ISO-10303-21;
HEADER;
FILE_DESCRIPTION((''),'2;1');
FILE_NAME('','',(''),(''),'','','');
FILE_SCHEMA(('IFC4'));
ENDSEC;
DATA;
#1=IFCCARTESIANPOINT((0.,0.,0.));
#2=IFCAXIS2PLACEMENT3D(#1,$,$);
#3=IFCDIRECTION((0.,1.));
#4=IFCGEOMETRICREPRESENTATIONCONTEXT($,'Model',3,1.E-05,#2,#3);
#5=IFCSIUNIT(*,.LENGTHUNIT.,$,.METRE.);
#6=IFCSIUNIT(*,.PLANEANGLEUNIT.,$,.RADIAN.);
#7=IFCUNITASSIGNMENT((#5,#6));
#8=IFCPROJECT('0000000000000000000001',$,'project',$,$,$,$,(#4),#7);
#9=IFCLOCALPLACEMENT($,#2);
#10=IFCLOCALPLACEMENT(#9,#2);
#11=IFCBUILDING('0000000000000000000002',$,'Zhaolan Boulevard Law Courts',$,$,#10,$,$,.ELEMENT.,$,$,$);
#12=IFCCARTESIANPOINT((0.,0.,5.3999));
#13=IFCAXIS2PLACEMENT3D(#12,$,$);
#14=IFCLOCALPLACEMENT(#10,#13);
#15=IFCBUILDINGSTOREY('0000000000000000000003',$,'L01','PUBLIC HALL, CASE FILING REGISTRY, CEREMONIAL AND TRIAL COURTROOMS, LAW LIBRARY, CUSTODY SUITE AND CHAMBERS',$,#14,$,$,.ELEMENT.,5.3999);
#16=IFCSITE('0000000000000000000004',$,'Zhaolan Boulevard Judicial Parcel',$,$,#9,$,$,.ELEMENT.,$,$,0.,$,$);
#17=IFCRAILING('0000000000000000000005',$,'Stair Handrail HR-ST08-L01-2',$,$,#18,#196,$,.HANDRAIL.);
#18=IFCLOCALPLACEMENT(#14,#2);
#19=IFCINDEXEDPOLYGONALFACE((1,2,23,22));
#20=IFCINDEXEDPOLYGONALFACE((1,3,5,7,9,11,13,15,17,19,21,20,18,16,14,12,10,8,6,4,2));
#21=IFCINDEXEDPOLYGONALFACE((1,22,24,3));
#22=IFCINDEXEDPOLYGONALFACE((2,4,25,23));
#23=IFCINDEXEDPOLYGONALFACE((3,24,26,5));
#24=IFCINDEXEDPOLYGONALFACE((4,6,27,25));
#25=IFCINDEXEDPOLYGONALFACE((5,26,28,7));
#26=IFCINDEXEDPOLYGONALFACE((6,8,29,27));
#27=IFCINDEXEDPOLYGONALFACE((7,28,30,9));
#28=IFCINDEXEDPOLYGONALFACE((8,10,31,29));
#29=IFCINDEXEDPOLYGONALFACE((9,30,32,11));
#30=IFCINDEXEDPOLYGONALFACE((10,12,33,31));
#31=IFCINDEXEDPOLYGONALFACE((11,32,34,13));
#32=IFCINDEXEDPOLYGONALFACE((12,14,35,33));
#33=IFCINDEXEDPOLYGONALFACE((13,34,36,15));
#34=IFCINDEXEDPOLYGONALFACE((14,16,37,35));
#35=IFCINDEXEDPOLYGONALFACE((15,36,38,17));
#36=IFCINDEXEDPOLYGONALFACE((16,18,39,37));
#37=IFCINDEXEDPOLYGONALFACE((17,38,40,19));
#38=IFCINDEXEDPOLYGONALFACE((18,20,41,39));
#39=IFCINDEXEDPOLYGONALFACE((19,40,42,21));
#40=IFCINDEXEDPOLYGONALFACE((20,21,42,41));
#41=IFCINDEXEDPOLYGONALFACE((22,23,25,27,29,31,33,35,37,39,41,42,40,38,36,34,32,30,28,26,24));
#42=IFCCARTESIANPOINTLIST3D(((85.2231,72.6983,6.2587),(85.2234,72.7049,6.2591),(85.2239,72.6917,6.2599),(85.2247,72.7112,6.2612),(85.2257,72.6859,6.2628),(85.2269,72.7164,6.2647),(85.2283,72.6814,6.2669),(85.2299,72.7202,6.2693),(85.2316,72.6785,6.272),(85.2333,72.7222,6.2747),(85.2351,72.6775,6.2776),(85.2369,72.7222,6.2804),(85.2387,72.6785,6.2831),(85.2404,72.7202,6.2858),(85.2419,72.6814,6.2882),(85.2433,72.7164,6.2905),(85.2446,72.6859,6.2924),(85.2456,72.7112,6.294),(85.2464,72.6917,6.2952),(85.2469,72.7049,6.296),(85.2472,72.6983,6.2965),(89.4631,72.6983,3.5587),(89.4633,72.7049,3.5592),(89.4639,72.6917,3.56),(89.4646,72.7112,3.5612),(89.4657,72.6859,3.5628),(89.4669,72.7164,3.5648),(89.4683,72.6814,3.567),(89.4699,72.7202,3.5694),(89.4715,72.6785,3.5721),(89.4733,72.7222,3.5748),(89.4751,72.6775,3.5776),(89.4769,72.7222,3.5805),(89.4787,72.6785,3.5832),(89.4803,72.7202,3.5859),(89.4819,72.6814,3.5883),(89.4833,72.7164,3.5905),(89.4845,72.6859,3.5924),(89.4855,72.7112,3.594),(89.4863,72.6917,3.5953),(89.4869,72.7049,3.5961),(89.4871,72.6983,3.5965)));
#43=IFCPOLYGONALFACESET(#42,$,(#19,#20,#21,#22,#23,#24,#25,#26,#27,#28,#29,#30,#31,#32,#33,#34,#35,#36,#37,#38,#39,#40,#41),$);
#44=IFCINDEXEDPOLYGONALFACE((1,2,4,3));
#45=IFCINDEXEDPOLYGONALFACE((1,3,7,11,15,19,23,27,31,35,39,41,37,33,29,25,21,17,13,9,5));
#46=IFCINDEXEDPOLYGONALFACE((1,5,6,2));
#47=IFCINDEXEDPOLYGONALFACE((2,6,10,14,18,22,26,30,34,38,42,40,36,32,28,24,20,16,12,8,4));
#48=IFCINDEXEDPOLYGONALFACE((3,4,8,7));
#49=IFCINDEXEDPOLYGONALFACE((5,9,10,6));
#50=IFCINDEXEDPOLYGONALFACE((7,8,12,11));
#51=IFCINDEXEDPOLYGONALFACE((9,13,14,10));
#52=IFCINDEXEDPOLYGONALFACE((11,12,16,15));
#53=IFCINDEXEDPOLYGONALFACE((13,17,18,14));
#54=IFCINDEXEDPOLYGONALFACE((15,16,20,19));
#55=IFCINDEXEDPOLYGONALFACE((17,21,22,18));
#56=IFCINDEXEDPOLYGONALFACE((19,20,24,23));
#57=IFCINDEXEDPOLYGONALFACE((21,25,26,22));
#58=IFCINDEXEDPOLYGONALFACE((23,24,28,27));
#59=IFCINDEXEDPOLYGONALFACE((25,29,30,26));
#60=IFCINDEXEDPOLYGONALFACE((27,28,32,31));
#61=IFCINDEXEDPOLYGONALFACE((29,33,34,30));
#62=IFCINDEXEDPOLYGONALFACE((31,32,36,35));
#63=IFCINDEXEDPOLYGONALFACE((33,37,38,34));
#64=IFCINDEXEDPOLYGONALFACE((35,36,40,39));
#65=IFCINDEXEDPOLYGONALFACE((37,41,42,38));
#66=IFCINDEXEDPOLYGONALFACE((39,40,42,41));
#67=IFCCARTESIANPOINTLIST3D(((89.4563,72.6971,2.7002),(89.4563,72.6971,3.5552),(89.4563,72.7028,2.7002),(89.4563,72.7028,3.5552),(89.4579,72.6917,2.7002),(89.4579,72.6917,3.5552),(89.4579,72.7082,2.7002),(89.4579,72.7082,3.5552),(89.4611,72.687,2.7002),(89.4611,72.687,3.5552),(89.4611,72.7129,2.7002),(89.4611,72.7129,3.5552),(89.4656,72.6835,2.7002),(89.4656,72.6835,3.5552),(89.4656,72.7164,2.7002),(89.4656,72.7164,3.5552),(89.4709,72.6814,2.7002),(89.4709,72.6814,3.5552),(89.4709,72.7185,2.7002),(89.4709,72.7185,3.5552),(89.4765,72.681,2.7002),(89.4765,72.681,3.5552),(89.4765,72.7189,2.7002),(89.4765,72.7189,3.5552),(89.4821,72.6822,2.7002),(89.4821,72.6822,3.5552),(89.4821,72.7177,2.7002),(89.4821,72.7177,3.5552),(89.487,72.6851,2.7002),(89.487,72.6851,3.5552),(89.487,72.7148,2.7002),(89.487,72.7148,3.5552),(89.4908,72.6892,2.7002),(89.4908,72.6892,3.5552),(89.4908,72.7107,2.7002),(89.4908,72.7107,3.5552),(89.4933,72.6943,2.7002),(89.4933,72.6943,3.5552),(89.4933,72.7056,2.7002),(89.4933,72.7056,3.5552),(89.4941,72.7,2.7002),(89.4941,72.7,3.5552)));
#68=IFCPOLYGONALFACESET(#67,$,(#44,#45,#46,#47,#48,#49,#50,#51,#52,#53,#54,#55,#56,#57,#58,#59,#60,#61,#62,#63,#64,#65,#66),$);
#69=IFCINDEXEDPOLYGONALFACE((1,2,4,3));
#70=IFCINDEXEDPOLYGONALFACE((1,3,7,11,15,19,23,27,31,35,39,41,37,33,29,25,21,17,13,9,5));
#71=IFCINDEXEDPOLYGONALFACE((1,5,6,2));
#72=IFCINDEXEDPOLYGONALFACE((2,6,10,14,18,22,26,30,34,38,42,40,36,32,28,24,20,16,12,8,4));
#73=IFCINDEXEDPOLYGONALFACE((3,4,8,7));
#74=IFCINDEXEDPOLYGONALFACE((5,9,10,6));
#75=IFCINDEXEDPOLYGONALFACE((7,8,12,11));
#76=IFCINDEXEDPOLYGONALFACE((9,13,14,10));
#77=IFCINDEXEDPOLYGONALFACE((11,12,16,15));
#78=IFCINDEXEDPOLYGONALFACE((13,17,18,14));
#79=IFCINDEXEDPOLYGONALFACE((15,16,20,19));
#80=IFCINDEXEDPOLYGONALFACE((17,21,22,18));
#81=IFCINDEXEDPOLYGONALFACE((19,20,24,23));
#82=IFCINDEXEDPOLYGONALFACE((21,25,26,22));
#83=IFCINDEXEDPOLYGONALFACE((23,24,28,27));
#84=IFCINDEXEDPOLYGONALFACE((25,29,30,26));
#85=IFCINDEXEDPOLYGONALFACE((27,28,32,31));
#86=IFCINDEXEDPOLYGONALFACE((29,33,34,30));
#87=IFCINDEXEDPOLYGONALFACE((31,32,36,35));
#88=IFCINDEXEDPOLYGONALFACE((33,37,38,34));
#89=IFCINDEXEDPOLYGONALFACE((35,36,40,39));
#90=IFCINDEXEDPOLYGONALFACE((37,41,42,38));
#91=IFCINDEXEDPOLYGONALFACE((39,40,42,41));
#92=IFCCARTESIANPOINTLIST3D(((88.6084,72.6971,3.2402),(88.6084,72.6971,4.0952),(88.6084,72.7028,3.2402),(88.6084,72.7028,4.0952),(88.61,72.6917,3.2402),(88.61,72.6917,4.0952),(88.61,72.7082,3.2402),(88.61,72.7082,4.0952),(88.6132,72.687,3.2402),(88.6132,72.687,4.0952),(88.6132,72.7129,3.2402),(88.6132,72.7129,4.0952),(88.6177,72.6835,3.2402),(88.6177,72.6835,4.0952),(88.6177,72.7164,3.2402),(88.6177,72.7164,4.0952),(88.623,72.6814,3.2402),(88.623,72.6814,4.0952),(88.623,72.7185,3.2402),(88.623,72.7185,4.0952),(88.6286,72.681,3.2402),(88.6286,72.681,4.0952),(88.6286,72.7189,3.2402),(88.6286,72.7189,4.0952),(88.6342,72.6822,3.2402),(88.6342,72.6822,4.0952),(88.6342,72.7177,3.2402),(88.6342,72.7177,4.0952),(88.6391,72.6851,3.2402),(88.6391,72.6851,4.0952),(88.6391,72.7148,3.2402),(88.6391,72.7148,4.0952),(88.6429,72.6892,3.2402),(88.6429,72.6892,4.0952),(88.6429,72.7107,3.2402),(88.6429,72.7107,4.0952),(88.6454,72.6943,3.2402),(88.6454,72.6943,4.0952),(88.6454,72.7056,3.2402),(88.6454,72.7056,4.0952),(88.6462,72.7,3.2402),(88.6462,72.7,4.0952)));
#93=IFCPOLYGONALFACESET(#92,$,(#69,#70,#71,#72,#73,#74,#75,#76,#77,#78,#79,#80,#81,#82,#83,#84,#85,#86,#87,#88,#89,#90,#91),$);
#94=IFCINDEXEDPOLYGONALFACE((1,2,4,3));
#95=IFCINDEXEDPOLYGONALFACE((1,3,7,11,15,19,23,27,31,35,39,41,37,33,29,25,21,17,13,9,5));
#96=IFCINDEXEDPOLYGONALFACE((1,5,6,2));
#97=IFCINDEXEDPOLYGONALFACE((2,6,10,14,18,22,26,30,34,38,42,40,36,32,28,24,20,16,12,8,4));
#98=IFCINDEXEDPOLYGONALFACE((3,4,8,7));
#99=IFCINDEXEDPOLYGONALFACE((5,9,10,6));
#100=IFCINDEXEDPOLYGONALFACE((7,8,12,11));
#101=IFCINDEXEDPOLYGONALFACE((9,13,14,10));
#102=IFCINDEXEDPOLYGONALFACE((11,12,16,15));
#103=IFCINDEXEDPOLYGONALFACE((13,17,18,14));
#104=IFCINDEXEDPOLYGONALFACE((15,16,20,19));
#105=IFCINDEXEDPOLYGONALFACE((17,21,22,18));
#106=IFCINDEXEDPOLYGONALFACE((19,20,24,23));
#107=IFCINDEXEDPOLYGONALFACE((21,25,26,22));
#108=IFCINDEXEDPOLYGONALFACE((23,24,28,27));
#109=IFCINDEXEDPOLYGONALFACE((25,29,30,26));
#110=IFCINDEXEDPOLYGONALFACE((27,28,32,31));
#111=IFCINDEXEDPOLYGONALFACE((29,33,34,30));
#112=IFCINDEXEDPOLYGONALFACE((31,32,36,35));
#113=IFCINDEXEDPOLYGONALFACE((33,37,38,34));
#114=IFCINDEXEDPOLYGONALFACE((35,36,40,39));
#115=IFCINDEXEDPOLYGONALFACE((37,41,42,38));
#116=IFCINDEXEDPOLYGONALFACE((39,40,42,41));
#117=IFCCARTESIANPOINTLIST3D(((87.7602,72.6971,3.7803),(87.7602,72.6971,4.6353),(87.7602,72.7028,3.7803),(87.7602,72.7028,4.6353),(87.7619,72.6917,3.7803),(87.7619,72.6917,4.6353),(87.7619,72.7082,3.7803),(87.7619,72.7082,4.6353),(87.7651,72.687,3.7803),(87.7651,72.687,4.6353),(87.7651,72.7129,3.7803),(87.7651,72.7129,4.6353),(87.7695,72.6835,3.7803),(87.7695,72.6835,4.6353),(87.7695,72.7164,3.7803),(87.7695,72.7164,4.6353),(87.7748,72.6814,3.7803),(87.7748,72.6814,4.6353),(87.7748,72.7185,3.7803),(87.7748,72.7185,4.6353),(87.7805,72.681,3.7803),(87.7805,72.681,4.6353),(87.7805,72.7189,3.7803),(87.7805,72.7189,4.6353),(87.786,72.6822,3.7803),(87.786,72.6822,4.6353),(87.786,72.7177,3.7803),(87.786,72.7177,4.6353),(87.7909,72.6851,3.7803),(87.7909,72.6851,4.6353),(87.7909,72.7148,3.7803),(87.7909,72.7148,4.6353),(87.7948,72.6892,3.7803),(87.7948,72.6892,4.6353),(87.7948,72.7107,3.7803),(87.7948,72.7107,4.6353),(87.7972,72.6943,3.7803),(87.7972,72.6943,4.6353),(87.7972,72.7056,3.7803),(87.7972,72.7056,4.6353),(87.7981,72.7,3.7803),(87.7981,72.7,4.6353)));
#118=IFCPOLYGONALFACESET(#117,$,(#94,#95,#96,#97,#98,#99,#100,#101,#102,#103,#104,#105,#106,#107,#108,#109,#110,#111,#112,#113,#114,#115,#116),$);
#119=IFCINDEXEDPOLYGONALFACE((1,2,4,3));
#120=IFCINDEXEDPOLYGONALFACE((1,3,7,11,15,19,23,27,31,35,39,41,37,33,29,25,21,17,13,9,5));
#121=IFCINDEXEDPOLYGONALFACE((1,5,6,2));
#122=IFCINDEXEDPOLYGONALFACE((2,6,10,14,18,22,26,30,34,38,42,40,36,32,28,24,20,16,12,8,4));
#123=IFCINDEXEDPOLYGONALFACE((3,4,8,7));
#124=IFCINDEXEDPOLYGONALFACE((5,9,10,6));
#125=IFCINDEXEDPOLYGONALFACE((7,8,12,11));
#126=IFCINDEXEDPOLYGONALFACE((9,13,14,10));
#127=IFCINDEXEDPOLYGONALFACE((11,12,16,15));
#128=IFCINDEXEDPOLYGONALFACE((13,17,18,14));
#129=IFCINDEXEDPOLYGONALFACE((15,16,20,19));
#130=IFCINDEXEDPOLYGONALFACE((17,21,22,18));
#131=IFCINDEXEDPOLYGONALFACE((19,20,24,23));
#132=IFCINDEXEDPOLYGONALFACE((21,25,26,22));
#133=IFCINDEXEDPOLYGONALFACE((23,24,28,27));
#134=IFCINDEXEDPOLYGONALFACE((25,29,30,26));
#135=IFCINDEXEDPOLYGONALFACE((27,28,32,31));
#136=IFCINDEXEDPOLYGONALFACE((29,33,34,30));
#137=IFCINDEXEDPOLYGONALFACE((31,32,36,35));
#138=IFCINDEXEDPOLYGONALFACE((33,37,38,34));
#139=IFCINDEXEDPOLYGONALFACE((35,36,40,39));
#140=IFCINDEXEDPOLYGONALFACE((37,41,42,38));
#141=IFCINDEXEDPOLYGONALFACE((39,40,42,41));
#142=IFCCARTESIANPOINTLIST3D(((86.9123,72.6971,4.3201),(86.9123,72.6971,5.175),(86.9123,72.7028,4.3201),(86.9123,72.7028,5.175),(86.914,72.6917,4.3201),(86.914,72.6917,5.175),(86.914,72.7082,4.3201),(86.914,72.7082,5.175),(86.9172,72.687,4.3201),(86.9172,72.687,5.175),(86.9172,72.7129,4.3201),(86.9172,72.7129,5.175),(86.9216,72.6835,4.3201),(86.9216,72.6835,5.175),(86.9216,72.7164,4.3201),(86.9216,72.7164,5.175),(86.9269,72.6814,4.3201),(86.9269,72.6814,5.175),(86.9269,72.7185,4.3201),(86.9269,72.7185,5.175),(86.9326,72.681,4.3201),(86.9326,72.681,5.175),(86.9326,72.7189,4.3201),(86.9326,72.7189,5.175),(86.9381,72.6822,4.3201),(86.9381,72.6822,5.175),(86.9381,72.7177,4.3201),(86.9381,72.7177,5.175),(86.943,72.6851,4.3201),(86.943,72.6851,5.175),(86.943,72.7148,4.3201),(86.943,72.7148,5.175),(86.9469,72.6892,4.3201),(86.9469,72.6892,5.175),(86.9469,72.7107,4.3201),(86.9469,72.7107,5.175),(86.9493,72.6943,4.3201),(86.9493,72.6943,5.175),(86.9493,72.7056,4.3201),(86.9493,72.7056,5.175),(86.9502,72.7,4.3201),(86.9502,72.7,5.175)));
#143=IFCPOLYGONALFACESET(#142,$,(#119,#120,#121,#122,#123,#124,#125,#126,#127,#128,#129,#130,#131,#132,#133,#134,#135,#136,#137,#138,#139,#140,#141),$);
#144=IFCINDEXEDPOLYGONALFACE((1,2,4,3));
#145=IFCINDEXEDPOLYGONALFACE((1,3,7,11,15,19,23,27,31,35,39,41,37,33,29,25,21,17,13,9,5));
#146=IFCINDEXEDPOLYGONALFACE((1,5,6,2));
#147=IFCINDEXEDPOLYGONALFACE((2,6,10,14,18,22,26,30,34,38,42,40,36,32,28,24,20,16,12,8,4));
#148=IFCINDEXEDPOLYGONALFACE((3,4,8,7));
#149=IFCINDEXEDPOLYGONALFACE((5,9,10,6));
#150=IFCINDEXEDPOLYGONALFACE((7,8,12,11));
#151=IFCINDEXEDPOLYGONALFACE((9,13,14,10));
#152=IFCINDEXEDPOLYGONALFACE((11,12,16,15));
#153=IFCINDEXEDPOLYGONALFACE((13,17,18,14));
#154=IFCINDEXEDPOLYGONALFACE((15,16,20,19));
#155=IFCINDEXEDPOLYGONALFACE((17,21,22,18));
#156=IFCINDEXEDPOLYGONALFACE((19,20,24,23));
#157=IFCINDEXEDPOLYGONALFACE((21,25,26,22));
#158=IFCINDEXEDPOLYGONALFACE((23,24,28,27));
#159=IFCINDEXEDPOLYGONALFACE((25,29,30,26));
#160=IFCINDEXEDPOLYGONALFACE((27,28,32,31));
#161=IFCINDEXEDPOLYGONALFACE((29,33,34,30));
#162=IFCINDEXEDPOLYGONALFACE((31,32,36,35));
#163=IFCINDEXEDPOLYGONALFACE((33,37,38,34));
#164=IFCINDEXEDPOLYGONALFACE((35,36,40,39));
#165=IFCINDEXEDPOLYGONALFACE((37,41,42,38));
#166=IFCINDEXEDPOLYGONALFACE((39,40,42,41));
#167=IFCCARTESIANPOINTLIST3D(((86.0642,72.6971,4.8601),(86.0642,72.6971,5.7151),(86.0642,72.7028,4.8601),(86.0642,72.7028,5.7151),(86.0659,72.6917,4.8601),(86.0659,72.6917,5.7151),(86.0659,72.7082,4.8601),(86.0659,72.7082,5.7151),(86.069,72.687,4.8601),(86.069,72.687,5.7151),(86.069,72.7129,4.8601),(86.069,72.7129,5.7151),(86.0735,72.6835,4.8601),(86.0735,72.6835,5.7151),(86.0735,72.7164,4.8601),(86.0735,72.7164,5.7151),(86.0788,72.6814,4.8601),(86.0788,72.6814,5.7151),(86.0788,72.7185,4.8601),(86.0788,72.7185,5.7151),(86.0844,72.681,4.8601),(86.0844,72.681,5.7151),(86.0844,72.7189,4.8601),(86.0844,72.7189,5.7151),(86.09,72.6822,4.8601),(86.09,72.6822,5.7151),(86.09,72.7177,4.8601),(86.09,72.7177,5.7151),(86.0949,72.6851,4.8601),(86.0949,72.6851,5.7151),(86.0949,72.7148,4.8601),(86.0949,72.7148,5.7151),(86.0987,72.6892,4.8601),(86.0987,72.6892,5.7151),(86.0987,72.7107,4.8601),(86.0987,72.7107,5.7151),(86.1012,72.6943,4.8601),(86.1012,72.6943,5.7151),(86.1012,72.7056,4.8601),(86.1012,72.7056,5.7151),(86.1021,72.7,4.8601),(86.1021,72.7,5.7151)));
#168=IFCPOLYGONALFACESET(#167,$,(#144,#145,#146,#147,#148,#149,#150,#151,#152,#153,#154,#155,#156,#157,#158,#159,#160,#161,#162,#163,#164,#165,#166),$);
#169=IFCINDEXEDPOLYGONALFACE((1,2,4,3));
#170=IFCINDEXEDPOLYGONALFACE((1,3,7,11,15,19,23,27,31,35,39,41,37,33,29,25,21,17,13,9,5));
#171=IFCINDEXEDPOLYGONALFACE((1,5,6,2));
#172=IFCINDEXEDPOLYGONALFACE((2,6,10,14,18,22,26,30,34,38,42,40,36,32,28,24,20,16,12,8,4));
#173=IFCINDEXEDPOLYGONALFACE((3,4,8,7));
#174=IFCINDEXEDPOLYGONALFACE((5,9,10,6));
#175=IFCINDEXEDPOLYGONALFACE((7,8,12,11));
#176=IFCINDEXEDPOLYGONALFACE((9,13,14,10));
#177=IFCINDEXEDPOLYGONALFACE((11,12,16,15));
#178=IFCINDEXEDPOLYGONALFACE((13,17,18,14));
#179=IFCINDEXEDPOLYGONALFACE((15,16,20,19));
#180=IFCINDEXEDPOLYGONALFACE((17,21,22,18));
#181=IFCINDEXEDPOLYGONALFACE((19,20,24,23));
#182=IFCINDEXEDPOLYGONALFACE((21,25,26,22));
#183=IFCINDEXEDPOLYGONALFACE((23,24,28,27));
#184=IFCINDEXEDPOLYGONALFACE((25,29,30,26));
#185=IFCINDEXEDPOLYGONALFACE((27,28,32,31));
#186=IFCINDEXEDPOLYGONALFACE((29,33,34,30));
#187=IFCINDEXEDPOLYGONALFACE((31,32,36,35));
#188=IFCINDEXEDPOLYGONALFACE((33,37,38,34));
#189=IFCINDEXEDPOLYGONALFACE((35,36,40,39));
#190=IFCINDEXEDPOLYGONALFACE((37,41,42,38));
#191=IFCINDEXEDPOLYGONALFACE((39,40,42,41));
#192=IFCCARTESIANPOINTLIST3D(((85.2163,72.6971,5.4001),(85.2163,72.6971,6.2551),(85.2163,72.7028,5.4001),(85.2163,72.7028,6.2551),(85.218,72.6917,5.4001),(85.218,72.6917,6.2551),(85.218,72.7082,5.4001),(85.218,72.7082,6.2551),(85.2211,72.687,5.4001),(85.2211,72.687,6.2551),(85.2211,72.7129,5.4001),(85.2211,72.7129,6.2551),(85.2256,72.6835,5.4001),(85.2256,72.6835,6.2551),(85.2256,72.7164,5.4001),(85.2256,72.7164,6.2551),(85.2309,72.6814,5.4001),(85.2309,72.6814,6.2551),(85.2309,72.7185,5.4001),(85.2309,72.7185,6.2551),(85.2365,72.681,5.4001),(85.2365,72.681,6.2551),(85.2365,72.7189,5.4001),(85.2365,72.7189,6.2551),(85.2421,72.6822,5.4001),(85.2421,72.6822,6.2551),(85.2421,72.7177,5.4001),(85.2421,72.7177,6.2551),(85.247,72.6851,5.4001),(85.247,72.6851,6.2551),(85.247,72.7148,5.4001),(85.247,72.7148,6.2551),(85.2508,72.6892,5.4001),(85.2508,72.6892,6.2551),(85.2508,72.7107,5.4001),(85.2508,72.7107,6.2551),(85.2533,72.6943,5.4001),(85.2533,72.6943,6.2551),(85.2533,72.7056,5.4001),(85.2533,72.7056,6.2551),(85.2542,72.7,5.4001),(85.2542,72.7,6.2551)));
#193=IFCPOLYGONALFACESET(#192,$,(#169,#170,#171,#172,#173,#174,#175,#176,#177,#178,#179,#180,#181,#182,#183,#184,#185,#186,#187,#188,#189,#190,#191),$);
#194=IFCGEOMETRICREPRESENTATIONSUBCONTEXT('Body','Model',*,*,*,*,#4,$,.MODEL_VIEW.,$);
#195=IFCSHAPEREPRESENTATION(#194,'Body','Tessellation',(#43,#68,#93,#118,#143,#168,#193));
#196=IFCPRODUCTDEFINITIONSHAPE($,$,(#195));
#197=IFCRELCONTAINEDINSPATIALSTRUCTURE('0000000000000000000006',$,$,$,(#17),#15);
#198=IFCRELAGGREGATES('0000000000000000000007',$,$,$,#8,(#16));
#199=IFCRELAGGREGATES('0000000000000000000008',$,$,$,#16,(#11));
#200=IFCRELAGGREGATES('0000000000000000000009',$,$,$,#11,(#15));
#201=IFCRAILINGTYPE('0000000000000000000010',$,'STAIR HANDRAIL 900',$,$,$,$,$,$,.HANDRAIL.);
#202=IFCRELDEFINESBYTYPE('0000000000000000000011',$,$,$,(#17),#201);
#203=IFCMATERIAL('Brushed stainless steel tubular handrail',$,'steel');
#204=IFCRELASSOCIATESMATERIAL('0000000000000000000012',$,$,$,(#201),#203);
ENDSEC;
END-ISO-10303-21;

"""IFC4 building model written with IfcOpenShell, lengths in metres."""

from ifc_helpers import new_model, si_unit, direction, frame, origin, origin_2d, place, context, subcontext, project, spatial, circle, extrude, material, type_object, element, save


model = new_model("IFC4")

# Units and contexts
model_context = context("Model", 3, precision=1e-05, world=origin(), true_north=direction((0.0, 1.0)))
body_context = subcontext(model_context, "Body", "Model", "MODEL_VIEW")
ifc_project = project(units=[si_unit("LENGTHUNIT", "METRE"), si_unit("PLANEANGLEUNIT", "RADIAN")], contexts=[model_context])

# Site, building, storey
site_placement = place(None, origin())
site = spatial("IfcSite", under=ifc_project, at=site_placement, Name="Zhaolan Boulevard Judicial Parcel", CompositionType="ELEMENT", RefElevation=0.0)
building_placement = place(site_placement, origin())
building = spatial("IfcBuilding", under=site, at=building_placement, Name="Zhaolan Boulevard Law Courts", CompositionType="ELEMENT")
storey_placement = place(building_placement, frame((0.0, 0.0, 5.3999)))
storey = spatial("IfcBuildingStorey", under=building, at=storey_placement, Name="L01", Description="PUBLIC HALL, CASE FILING REGISTRY, CEREMONIAL AND TRIAL COURTROOMS, LAW LIBRARY, CUSTODY SUITE AND CHAMBERS", CompositionType="ELEMENT", Elevation=5.3999)

# Railing
ifc_material_1 = material(Name="Brushed stainless steel tubular handrail", Category="steel")
railing_type_1 = type_object("IfcRailingType", Name="STAIR HANDRAIL 900", PredefinedType="HANDRAIL", material=ifc_material_1)
railing_1_placement = place(storey_placement, frame((89.4751, 72.7, 2.7002)))
element("IfcRailing", 1, at=railing_1_placement, inside=storey, type_object=railing_type_1, Name="Stair Handrail HR-ST08-L01-2", PredefinedType="HANDRAIL", context=body_context, shape_type="SweptSolid", body=[
    extrude(circle(Radius=0.0225, at=origin_2d()), frame((0.0, 0.0, 0.8774), z_axis=(-0.843501, 0.0, 0.537127), x_axis=(0.0, -1.0, 0.0)), (0.0, 0.0, 1.0), 5.0266),
    extrude(circle(Radius=0.019, at=origin_2d()), origin(), (0.0, 0.0, 1.0), 0.855),
    extrude(circle(Radius=0.019, at=origin_2d()), frame((-0.8479, 0.0, 0.54)), (0.0, 0.0, 1.0), 0.855),
    extrude(circle(Radius=0.019, at=origin_2d()), frame((-1.696, 0.0, 1.0801)), (0.0, 0.0, 1.0), 0.855),
    extrude(circle(Radius=0.019, at=origin_2d()), frame((-2.5439, 0.0, 1.6199)), (0.0, 0.0, 1.0), 0.855),
    extrude(circle(Radius=0.019, at=origin_2d()), frame((-3.3921, 0.0, 2.1599)), (0.0, 0.0, 1.0), 0.855),
    extrude(circle(Radius=0.019, at=origin_2d()), frame((-4.24, 0.0, 2.7)), (0.0, 0.0, 1.0), 0.855),
])

save(model, "model.ifc")
